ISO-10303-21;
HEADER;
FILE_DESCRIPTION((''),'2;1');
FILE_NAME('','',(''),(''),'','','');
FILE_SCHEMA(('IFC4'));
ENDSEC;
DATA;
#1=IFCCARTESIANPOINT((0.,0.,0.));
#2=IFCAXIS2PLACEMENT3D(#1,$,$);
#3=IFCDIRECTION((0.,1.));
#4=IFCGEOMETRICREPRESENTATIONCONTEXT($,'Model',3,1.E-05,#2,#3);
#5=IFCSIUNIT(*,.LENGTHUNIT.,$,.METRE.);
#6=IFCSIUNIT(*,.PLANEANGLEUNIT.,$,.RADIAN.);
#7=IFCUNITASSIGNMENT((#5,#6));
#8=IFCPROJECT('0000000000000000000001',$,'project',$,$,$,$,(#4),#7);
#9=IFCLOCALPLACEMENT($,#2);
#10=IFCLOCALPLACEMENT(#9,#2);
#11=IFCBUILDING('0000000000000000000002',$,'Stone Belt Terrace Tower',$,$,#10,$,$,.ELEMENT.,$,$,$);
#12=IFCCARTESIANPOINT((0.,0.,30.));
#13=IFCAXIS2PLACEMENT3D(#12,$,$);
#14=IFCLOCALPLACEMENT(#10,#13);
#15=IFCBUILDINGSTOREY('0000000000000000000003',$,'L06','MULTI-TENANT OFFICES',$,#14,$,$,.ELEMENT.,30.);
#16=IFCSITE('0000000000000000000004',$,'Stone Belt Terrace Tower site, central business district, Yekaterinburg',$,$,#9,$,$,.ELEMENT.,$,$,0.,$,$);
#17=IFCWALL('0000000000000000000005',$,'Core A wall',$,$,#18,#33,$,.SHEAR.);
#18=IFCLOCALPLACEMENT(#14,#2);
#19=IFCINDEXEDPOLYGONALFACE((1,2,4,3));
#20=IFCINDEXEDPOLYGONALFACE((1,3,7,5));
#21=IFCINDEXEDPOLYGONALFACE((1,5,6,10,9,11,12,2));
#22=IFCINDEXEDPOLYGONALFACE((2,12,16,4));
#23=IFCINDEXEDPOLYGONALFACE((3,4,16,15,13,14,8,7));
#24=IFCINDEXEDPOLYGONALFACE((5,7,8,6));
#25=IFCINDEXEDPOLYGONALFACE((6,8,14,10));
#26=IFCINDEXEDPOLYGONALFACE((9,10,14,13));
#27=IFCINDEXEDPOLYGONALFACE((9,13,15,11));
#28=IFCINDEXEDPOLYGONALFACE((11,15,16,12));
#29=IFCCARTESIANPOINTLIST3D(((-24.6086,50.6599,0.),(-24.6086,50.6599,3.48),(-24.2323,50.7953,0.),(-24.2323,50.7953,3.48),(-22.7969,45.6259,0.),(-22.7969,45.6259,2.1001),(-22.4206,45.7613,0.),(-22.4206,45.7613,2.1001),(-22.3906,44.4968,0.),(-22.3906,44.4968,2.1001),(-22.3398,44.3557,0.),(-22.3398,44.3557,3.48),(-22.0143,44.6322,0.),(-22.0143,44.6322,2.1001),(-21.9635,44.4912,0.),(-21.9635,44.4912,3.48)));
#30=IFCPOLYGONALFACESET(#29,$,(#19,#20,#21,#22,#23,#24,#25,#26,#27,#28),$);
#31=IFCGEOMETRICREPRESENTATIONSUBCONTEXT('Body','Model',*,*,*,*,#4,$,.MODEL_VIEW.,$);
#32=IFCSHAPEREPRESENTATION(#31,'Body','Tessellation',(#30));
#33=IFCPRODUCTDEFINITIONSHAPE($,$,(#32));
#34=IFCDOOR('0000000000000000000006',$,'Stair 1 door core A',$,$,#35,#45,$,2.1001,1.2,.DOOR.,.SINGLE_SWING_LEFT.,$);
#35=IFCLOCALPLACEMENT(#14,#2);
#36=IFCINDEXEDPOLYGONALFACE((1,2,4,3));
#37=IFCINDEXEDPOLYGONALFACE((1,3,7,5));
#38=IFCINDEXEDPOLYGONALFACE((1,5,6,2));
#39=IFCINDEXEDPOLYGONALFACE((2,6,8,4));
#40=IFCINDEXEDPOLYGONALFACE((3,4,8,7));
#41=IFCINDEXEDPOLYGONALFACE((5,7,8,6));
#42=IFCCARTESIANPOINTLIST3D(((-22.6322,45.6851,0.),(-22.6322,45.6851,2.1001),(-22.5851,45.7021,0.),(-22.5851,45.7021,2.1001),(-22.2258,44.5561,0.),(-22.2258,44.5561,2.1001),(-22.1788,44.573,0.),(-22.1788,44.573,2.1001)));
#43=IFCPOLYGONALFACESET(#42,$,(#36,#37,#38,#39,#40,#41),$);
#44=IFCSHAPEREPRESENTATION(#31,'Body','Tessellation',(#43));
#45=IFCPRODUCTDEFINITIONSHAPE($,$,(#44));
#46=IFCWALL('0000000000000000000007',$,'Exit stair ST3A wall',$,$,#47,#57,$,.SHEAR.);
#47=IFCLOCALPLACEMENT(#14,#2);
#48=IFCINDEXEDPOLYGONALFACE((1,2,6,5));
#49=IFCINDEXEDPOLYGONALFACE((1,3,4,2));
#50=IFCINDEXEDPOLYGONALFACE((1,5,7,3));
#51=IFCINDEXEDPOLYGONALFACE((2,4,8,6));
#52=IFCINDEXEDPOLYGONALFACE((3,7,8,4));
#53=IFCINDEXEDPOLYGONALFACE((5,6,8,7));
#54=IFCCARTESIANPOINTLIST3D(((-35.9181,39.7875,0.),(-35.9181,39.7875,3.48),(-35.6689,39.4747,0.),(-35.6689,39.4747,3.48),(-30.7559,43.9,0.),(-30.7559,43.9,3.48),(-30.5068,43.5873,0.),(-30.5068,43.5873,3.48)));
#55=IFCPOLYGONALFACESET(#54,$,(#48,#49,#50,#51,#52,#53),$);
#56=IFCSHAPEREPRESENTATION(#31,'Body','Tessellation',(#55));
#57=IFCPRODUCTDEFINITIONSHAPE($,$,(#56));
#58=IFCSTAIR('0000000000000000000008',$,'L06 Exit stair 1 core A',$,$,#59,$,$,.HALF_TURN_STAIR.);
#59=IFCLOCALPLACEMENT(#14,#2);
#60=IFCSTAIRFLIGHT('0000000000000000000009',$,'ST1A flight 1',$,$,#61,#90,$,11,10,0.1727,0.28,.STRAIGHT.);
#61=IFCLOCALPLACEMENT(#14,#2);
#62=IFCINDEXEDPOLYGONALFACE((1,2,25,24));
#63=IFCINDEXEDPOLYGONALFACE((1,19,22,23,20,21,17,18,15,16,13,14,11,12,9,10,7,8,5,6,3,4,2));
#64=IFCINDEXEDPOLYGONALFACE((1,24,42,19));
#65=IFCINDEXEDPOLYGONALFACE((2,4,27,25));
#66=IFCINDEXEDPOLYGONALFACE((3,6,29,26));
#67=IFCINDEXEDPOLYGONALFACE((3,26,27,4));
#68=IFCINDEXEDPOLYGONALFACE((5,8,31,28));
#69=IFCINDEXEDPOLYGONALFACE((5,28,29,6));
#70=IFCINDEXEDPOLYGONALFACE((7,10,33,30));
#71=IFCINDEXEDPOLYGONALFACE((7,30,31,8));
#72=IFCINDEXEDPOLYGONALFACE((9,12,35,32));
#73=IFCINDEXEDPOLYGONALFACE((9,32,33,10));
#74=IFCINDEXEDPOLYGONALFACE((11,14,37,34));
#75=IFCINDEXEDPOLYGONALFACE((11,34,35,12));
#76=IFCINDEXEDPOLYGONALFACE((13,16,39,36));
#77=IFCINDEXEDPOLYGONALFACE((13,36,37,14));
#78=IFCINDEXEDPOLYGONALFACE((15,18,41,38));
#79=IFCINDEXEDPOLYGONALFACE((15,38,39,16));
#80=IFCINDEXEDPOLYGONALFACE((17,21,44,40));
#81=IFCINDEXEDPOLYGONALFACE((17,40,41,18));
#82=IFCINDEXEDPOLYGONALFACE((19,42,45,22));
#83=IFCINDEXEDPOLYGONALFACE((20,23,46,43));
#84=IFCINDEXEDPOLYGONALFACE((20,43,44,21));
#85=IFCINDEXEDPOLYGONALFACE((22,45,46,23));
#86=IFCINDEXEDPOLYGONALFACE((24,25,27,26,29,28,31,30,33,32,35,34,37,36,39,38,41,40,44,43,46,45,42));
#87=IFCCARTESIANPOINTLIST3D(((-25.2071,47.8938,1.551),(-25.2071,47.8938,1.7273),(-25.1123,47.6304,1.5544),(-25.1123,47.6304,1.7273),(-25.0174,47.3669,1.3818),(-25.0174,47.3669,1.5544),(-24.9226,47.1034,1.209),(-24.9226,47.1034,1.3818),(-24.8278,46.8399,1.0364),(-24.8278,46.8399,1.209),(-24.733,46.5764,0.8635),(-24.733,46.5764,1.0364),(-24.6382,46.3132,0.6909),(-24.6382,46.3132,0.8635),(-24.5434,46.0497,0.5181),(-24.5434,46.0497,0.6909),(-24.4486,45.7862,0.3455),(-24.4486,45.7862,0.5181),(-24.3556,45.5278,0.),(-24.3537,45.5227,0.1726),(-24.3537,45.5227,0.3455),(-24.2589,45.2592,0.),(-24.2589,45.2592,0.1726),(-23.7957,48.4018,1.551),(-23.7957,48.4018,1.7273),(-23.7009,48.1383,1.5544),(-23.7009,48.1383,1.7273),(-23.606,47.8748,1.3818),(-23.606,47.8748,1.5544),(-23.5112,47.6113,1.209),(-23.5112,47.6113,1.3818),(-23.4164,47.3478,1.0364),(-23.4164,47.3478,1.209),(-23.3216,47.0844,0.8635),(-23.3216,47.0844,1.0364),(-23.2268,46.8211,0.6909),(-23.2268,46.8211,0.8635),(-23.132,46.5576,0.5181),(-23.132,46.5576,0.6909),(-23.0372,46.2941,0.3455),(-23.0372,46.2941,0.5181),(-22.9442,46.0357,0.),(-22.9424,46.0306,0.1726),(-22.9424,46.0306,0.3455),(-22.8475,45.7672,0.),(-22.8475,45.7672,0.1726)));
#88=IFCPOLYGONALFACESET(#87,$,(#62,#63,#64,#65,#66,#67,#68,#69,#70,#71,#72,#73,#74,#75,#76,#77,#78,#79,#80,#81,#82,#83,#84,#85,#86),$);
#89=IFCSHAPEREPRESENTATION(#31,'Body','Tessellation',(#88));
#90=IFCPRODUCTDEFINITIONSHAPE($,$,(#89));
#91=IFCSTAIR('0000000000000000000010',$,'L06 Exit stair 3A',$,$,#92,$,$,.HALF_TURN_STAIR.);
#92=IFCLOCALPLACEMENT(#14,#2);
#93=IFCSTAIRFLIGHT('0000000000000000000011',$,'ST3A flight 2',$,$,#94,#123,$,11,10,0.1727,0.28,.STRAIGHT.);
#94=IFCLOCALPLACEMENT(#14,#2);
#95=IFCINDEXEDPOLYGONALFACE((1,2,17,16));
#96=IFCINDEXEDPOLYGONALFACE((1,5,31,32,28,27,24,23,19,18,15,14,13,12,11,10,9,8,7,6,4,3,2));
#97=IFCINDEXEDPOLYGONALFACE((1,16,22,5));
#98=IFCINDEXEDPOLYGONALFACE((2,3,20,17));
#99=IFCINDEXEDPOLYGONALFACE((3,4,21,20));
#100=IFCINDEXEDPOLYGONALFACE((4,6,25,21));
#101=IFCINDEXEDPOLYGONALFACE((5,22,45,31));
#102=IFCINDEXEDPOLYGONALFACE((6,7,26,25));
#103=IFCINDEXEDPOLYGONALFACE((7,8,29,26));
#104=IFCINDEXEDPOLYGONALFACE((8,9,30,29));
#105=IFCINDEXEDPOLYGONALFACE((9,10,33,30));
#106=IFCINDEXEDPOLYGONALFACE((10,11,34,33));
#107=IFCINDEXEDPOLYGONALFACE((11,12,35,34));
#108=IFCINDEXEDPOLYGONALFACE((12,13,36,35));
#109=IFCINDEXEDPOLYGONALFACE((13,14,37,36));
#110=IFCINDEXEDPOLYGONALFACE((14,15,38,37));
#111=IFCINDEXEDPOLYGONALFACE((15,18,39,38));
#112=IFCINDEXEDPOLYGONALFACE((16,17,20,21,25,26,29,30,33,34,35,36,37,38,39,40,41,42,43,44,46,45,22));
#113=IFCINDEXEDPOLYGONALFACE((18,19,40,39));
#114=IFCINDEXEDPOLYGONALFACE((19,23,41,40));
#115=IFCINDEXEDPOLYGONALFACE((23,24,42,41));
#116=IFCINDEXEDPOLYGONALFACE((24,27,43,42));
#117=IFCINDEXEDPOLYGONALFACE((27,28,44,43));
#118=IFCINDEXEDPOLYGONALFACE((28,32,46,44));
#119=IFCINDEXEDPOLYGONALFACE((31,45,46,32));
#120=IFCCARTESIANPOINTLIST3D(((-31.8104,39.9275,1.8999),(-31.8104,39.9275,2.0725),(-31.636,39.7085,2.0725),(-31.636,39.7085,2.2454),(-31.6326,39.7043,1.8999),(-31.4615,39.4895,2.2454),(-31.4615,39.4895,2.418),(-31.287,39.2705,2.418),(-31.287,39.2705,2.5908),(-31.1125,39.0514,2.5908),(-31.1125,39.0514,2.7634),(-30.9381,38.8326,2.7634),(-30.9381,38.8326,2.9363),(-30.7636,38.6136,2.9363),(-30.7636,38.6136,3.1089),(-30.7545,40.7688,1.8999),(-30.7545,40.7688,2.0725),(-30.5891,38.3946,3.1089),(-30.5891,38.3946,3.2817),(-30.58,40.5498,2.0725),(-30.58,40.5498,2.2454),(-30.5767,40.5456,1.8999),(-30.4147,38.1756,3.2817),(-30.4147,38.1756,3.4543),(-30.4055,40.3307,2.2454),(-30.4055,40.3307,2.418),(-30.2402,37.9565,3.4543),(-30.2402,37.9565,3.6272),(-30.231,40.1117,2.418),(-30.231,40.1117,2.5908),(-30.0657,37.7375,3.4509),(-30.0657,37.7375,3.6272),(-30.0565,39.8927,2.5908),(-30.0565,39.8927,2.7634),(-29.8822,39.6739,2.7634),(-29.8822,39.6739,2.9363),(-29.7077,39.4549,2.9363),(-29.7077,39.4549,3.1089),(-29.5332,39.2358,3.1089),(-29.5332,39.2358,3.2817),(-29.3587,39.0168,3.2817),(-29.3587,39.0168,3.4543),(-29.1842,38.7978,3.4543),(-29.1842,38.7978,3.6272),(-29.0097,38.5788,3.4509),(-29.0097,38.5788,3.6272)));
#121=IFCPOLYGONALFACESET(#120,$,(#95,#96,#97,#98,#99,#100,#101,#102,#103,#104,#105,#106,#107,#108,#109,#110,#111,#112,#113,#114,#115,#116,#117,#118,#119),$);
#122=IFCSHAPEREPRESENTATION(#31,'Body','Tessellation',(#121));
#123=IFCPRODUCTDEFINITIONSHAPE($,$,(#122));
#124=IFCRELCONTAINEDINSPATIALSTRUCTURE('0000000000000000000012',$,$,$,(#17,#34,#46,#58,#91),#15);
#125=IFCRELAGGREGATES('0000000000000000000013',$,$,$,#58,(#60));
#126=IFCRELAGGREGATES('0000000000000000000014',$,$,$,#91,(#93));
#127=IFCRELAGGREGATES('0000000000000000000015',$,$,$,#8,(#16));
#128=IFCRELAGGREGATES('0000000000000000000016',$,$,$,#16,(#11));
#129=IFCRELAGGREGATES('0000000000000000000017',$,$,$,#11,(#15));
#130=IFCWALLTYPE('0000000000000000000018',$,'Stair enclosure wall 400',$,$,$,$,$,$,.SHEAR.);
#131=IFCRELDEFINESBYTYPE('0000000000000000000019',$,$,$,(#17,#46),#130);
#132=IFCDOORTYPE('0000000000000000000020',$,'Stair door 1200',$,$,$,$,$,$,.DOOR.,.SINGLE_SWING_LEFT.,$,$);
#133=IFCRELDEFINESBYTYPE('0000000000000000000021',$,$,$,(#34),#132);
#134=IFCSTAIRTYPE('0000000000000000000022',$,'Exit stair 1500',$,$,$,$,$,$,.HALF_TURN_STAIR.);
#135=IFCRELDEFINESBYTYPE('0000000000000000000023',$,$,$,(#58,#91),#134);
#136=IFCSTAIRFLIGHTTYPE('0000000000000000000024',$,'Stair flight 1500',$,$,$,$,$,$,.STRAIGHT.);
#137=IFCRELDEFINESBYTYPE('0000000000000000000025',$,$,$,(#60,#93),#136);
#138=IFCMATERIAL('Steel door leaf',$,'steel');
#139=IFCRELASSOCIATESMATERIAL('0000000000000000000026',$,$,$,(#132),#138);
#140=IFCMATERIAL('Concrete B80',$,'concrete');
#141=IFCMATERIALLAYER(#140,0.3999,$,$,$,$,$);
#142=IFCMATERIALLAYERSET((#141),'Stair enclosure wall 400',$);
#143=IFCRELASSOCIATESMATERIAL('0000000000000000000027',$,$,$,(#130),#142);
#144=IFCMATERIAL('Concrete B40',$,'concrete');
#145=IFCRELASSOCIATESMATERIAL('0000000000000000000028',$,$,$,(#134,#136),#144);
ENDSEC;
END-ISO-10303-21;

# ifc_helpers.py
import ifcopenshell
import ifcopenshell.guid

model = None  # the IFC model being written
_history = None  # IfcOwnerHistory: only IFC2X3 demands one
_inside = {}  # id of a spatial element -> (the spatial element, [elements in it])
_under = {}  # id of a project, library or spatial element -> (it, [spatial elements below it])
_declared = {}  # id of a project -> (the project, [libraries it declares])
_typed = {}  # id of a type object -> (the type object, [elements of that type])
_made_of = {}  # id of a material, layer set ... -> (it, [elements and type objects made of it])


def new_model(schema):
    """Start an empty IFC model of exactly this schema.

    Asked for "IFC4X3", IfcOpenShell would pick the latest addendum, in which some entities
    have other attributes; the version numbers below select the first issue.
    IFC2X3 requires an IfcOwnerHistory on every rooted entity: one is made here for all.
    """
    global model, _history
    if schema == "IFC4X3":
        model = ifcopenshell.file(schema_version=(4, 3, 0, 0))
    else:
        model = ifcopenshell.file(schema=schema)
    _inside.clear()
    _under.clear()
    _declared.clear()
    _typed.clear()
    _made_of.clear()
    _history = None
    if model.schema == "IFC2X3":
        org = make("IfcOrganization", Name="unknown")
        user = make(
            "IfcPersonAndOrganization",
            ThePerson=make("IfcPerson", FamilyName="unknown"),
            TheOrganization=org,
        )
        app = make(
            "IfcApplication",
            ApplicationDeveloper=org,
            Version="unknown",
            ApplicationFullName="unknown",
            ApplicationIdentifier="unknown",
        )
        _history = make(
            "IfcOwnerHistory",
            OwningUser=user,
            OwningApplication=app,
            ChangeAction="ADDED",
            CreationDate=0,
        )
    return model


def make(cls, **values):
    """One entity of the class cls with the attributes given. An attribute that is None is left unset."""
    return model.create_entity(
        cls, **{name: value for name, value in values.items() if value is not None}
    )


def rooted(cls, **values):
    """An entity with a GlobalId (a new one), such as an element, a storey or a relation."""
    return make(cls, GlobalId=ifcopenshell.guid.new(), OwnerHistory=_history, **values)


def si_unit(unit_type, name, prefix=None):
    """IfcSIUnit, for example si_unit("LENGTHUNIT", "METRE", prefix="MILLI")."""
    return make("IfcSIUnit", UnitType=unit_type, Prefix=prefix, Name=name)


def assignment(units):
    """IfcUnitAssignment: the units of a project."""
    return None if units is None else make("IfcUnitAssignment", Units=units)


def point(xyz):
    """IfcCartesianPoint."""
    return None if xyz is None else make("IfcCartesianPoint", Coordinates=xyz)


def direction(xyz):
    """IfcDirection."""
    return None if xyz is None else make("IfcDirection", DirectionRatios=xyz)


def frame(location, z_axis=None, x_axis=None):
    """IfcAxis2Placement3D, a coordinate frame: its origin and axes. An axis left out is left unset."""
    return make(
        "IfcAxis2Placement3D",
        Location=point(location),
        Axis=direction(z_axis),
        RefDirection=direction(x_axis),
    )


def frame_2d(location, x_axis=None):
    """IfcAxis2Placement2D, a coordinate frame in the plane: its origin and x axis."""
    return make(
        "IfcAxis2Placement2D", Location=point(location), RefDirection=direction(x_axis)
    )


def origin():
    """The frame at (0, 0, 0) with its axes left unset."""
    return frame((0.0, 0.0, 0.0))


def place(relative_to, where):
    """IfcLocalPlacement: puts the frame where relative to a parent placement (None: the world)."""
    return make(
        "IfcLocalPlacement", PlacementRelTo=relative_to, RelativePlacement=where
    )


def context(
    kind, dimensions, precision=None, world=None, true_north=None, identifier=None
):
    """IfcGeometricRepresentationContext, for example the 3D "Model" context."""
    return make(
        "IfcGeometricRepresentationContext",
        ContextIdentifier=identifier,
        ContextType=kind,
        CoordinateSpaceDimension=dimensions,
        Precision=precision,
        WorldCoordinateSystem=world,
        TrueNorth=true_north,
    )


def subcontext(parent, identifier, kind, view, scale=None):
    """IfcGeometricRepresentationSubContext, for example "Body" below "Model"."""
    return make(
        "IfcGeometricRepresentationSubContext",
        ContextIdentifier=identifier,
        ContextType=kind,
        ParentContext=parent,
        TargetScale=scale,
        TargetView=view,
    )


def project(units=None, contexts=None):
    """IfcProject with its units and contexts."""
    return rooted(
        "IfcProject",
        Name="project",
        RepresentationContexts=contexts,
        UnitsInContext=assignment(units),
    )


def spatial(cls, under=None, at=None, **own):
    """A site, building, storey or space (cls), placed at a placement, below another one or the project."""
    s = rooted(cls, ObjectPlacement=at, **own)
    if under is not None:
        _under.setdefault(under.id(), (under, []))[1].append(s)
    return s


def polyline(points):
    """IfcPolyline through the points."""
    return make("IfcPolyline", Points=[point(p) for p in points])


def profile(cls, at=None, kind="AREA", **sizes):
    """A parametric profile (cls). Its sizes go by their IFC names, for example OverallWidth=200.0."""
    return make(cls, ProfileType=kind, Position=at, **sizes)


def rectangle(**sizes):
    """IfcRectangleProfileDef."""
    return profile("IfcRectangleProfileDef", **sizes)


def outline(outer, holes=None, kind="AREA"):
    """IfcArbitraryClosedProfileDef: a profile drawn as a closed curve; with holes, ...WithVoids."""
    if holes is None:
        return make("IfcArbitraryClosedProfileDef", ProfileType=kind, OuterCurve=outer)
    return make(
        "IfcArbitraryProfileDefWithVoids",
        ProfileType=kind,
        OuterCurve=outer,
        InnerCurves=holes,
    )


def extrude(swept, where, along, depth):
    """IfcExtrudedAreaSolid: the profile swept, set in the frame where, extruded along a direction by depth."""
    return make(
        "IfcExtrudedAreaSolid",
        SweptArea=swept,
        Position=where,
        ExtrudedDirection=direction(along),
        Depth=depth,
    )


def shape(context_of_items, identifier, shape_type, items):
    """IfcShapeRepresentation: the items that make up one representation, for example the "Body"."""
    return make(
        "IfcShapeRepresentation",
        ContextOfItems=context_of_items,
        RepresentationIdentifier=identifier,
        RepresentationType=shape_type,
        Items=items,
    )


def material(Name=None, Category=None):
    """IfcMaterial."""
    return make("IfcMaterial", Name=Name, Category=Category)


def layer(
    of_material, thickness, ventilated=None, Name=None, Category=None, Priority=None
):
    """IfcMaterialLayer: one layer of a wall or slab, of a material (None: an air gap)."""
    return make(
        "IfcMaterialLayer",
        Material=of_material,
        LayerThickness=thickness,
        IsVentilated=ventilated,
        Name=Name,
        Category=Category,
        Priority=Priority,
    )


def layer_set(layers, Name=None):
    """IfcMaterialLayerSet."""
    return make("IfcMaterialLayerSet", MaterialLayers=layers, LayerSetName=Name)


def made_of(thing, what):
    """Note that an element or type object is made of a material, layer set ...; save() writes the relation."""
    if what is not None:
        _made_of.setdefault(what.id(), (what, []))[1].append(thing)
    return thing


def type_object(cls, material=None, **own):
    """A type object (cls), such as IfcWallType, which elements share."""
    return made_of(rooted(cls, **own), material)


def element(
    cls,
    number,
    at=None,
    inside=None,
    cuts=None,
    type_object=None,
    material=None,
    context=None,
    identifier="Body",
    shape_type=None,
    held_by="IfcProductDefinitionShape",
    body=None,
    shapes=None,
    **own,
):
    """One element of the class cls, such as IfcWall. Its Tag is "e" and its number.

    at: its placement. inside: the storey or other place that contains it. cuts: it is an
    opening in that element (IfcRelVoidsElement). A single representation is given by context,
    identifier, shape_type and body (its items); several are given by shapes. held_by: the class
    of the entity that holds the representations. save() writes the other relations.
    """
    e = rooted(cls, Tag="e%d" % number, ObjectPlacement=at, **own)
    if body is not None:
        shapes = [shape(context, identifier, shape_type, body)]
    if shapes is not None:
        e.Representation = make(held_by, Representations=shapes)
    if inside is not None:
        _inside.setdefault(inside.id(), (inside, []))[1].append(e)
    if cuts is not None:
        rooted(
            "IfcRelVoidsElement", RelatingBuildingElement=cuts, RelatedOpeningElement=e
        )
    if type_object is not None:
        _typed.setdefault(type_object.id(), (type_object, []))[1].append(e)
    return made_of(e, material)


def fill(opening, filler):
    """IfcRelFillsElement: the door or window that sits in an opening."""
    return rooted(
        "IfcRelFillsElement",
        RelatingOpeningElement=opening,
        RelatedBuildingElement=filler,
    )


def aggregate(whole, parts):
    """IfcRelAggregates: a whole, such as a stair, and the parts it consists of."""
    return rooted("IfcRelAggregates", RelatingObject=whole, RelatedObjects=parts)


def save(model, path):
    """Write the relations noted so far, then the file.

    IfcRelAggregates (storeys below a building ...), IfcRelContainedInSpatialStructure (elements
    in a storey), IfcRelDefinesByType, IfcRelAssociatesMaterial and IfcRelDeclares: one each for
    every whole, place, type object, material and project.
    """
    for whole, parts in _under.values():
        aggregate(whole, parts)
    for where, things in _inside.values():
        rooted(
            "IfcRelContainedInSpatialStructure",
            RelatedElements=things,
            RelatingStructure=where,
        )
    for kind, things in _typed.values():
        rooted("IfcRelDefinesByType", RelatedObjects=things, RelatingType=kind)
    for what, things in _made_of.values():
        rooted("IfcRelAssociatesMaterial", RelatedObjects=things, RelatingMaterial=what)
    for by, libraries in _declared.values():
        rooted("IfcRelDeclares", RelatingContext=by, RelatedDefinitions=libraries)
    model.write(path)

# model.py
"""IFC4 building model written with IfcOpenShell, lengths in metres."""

from ifc_helpers import new_model, si_unit, direction, frame, frame_2d, origin, place, context, subcontext, project, spatial, polyline, rectangle, outline, extrude, material, layer, layer_set, type_object, element, fill, aggregate, save


model = new_model("IFC4")

# Units and contexts
model_context = context("Model", 3, precision=1e-05, world=origin(), true_north=direction((0.0, 1.0)))
body_context = subcontext(model_context, "Body", "Model", "MODEL_VIEW")
ifc_project = project(units=[si_unit("LENGTHUNIT", "METRE"), si_unit("PLANEANGLEUNIT", "RADIAN")], contexts=[model_context])

# Site, building, storey
site_placement = place(None, origin())
site = spatial("IfcSite", under=ifc_project, at=site_placement, Name="Stone Belt Terrace Tower site, central business district, Yekaterinburg", CompositionType="ELEMENT", RefElevation=0.0)
building_placement = place(site_placement, origin())
building = spatial("IfcBuilding", under=site, at=building_placement, Name="Stone Belt Terrace Tower", CompositionType="ELEMENT")
storey_placement = place(building_placement, frame((0.0, 0.0, 30.0)))
storey = spatial("IfcBuildingStorey", under=building, at=storey_placement, Name="L06", Description="MULTI-TENANT OFFICES", CompositionType="ELEMENT", Elevation=30.0)

# Shared definitions
ifc_material_1 = material(Name="Concrete B80", Category="concrete")

# Shared definitions
ifc_material_2 = material(Name="Steel door leaf", Category="steel")
door_type_1 = type_object("IfcDoorType", Name="Stair door 1200", OperationType="SINGLE_SWING_LEFT", PredefinedType="DOOR", material=ifc_material_2)

# Wall, opening, door
ifc_layer_1 = layer(ifc_material_1, 0.3999)
ifc_layer_set_1 = layer_set([ifc_layer_1], Name="Stair enclosure wall 400")
wall_type_1 = type_object("IfcWallType", Name="Stair enclosure wall 400", PredefinedType="SHEAR", material=ifc_layer_set_1)
wall_1_placement = place(storey_placement, frame((-22.1516, 44.4233, 0.0), z_axis=(0.0, 0.0, 1.0), x_axis=(-0.338625, 0.940921, 0.0)))
wall_1 = element("IfcWall", 1, at=wall_1_placement, inside=storey, type_object=wall_type_1, Name="Core A wall", PredefinedType="SHEAR", context=body_context, shape_type="SweptSolid", body=[
    extrude(rectangle(XDim=6.7, YDim=0.3999, at=frame_2d((3.3501, 0.0))), origin(), (0.0, 0.0, 1.0), 3.48),
])
opening_1_placement = place(wall_1_placement, frame((0.1499, 0.0, 0.0)))
opening_1 = element("IfcOpeningElement", 2, at=opening_1_placement, cuts=wall_1, PredefinedType="OPENING", context=body_context, shape_type="SweptSolid", body=[
    extrude(rectangle(XDim=1.2, YDim=2.1001, at=frame_2d((0.6001, 1.05))), frame((0.0, 0.21, 0.0), z_axis=(0.0, -1.0, 0.0), x_axis=(1.0, 0.0, 0.0)), (0.0, 0.0, 1.0), 0.4199),
])
door_1_placement = place(opening_1_placement, origin())
door_1 = element("IfcDoor", 3, at=door_1_placement, inside=storey, type_object=door_type_1, Name="Stair 1 door core A", OperationType="SINGLE_SWING_LEFT", OverallHeight=2.1001, OverallWidth=1.2, PredefinedType="DOOR", context=body_context, shape_type="SweptSolid", body=[
    extrude(rectangle(XDim=1.2, YDim=2.1001, at=frame_2d((0.6001, 1.05))), frame((0.0, 0.0249, 0.0), z_axis=(0.0, -1.0, 0.0), x_axis=(1.0, 0.0, 0.0)), (0.0, 0.0, 1.0), 0.05),
])
fill(opening_1, door_1)

# Wall
wall_2_placement = place(storey_placement, frame((-30.6313, 43.7437, 0.0), z_axis=(0.0, 0.0, 1.0), x_axis=(-0.782134, -0.62311, 0.0)))
element("IfcWall", 4, at=wall_2_placement, inside=storey, type_object=wall_type_1, Name="Exit stair ST3A wall", PredefinedType="SHEAR", context=body_context, shape_type="SweptSolid", body=[
    extrude(rectangle(XDim=6.6001, YDim=0.3999, at=frame_2d((3.3, 0.0))), origin(), (0.0, 0.0, 1.0), 3.48),
])

# Stairs, stair flights
ifc_material_3 = material(Name="Concrete B40", Category="concrete")
stair_type = type_object("IfcStairType", Name="Exit stair 1500", PredefinedType="HALF_TURN_STAIR", material=ifc_material_3)
stair_1_placement = place(storey_placement, origin())
stair_1 = element("IfcStair", 5, at=stair_1_placement, inside=storey, type_object=stair_type, Name="L06 Exit stair 1 core A", PredefinedType="HALF_TURN_STAIR")
stair_flight_type = type_object("IfcStairFlightType", Name="Stair flight 1500", PredefinedType="STRAIGHT", material=ifc_material_3)
stair_flight_1_placement = place(storey_placement, frame((-23.5532, 45.5132, 0.0), z_axis=(0.0, 0.0, 1.0), x_axis=(-0.338624, 0.940922, 0.0)))
stair_flight_1 = element("IfcStairFlight", 6, at=stair_flight_1_placement, type_object=stair_flight_type, Name="ST1A flight 1", NumberOfRisers=11, NumberOfTreads=10, PredefinedType="STRAIGHT", RiserHeight=0.1727, TreadLength=0.28, context=body_context, shape_type="SweptSolid", body=[
    extrude(outline(polyline([(0.0, 0.0), (0.0, 0.1726), (0.28, 0.1726), (0.28, 0.3455), (0.5601, 0.3455), (0.5601, 0.5181), (0.8401, 0.5181), (0.8401, 0.6909), (1.1201, 0.6909), (1.1201, 0.8635), (1.3999, 0.8635), (1.3999, 1.0364), (1.6799, 1.0364), (1.6799, 1.209), (1.96, 1.209), (1.96, 1.3818), (2.24, 1.3818), (2.24, 1.5544), (2.52, 1.5544), (2.52, 1.7273), (2.8, 1.7273), (2.8, 1.8999), (2.8, 1.551), (0.2854, 0.0), (0.0, 0.0)])), frame((0.0, 0.75, 0.0), z_axis=(0.0, -1.0, 0.0), x_axis=(1.0, 0.0, 0.0)), (0.0, 0.0, 1.0), 1.5),
])
aggregate(stair_1, [stair_flight_1])
stair_2_placement = place(storey_placement, origin())
stair_2 = element("IfcStair", 7, at=stair_2_placement, inside=storey, type_object=stair_type, Name="L06 Exit stair 3A", PredefinedType="HALF_TURN_STAIR")
stair_flight_2_placement = place(storey_placement, frame((-31.2825, 40.3481, 1.8999), z_axis=(0.0, 0.0, 1.0), x_axis=(0.623121, -0.782125, 0.0)))
stair_flight_2 = element("IfcStairFlight", 8, at=stair_flight_2_placement, type_object=stair_flight_type, Name="ST3A flight 2", NumberOfRisers=11, NumberOfTreads=10, PredefinedType="STRAIGHT", RiserHeight=0.1727, TreadLength=0.28, context=body_context, shape_type="SweptSolid", body=[
    extrude(outline(polyline([(0.0, 0.0), (0.0, 0.1726), (0.28, 0.1726), (0.28, 0.3455), (0.5601, 0.3455), (0.5601, 0.5181), (0.8401, 0.5181), (0.8401, 0.6909), (1.1201, 0.6909), (1.1201, 0.8635), (1.3999, 0.8635), (1.3999, 1.0364), (1.6799, 1.0364), (1.6799, 1.209), (1.96, 1.209), (1.96, 1.3818), (2.24, 1.3818), (2.24, 1.5544), (2.52, 1.5544), (2.52, 1.7273), (2.8, 1.7273), (2.8, 1.8999), (2.8, 1.551), (0.2854, 0.0), (0.0, 0.0)])), frame((0.0, 0.675, 0.0), z_axis=(0.0, -1.0, 0.0), x_axis=(1.0, 0.0, 0.0)), (0.0, 0.0, 1.0), 1.3501),
])
aggregate(stair_2, [stair_flight_2])

save(model, "model.ifc")
